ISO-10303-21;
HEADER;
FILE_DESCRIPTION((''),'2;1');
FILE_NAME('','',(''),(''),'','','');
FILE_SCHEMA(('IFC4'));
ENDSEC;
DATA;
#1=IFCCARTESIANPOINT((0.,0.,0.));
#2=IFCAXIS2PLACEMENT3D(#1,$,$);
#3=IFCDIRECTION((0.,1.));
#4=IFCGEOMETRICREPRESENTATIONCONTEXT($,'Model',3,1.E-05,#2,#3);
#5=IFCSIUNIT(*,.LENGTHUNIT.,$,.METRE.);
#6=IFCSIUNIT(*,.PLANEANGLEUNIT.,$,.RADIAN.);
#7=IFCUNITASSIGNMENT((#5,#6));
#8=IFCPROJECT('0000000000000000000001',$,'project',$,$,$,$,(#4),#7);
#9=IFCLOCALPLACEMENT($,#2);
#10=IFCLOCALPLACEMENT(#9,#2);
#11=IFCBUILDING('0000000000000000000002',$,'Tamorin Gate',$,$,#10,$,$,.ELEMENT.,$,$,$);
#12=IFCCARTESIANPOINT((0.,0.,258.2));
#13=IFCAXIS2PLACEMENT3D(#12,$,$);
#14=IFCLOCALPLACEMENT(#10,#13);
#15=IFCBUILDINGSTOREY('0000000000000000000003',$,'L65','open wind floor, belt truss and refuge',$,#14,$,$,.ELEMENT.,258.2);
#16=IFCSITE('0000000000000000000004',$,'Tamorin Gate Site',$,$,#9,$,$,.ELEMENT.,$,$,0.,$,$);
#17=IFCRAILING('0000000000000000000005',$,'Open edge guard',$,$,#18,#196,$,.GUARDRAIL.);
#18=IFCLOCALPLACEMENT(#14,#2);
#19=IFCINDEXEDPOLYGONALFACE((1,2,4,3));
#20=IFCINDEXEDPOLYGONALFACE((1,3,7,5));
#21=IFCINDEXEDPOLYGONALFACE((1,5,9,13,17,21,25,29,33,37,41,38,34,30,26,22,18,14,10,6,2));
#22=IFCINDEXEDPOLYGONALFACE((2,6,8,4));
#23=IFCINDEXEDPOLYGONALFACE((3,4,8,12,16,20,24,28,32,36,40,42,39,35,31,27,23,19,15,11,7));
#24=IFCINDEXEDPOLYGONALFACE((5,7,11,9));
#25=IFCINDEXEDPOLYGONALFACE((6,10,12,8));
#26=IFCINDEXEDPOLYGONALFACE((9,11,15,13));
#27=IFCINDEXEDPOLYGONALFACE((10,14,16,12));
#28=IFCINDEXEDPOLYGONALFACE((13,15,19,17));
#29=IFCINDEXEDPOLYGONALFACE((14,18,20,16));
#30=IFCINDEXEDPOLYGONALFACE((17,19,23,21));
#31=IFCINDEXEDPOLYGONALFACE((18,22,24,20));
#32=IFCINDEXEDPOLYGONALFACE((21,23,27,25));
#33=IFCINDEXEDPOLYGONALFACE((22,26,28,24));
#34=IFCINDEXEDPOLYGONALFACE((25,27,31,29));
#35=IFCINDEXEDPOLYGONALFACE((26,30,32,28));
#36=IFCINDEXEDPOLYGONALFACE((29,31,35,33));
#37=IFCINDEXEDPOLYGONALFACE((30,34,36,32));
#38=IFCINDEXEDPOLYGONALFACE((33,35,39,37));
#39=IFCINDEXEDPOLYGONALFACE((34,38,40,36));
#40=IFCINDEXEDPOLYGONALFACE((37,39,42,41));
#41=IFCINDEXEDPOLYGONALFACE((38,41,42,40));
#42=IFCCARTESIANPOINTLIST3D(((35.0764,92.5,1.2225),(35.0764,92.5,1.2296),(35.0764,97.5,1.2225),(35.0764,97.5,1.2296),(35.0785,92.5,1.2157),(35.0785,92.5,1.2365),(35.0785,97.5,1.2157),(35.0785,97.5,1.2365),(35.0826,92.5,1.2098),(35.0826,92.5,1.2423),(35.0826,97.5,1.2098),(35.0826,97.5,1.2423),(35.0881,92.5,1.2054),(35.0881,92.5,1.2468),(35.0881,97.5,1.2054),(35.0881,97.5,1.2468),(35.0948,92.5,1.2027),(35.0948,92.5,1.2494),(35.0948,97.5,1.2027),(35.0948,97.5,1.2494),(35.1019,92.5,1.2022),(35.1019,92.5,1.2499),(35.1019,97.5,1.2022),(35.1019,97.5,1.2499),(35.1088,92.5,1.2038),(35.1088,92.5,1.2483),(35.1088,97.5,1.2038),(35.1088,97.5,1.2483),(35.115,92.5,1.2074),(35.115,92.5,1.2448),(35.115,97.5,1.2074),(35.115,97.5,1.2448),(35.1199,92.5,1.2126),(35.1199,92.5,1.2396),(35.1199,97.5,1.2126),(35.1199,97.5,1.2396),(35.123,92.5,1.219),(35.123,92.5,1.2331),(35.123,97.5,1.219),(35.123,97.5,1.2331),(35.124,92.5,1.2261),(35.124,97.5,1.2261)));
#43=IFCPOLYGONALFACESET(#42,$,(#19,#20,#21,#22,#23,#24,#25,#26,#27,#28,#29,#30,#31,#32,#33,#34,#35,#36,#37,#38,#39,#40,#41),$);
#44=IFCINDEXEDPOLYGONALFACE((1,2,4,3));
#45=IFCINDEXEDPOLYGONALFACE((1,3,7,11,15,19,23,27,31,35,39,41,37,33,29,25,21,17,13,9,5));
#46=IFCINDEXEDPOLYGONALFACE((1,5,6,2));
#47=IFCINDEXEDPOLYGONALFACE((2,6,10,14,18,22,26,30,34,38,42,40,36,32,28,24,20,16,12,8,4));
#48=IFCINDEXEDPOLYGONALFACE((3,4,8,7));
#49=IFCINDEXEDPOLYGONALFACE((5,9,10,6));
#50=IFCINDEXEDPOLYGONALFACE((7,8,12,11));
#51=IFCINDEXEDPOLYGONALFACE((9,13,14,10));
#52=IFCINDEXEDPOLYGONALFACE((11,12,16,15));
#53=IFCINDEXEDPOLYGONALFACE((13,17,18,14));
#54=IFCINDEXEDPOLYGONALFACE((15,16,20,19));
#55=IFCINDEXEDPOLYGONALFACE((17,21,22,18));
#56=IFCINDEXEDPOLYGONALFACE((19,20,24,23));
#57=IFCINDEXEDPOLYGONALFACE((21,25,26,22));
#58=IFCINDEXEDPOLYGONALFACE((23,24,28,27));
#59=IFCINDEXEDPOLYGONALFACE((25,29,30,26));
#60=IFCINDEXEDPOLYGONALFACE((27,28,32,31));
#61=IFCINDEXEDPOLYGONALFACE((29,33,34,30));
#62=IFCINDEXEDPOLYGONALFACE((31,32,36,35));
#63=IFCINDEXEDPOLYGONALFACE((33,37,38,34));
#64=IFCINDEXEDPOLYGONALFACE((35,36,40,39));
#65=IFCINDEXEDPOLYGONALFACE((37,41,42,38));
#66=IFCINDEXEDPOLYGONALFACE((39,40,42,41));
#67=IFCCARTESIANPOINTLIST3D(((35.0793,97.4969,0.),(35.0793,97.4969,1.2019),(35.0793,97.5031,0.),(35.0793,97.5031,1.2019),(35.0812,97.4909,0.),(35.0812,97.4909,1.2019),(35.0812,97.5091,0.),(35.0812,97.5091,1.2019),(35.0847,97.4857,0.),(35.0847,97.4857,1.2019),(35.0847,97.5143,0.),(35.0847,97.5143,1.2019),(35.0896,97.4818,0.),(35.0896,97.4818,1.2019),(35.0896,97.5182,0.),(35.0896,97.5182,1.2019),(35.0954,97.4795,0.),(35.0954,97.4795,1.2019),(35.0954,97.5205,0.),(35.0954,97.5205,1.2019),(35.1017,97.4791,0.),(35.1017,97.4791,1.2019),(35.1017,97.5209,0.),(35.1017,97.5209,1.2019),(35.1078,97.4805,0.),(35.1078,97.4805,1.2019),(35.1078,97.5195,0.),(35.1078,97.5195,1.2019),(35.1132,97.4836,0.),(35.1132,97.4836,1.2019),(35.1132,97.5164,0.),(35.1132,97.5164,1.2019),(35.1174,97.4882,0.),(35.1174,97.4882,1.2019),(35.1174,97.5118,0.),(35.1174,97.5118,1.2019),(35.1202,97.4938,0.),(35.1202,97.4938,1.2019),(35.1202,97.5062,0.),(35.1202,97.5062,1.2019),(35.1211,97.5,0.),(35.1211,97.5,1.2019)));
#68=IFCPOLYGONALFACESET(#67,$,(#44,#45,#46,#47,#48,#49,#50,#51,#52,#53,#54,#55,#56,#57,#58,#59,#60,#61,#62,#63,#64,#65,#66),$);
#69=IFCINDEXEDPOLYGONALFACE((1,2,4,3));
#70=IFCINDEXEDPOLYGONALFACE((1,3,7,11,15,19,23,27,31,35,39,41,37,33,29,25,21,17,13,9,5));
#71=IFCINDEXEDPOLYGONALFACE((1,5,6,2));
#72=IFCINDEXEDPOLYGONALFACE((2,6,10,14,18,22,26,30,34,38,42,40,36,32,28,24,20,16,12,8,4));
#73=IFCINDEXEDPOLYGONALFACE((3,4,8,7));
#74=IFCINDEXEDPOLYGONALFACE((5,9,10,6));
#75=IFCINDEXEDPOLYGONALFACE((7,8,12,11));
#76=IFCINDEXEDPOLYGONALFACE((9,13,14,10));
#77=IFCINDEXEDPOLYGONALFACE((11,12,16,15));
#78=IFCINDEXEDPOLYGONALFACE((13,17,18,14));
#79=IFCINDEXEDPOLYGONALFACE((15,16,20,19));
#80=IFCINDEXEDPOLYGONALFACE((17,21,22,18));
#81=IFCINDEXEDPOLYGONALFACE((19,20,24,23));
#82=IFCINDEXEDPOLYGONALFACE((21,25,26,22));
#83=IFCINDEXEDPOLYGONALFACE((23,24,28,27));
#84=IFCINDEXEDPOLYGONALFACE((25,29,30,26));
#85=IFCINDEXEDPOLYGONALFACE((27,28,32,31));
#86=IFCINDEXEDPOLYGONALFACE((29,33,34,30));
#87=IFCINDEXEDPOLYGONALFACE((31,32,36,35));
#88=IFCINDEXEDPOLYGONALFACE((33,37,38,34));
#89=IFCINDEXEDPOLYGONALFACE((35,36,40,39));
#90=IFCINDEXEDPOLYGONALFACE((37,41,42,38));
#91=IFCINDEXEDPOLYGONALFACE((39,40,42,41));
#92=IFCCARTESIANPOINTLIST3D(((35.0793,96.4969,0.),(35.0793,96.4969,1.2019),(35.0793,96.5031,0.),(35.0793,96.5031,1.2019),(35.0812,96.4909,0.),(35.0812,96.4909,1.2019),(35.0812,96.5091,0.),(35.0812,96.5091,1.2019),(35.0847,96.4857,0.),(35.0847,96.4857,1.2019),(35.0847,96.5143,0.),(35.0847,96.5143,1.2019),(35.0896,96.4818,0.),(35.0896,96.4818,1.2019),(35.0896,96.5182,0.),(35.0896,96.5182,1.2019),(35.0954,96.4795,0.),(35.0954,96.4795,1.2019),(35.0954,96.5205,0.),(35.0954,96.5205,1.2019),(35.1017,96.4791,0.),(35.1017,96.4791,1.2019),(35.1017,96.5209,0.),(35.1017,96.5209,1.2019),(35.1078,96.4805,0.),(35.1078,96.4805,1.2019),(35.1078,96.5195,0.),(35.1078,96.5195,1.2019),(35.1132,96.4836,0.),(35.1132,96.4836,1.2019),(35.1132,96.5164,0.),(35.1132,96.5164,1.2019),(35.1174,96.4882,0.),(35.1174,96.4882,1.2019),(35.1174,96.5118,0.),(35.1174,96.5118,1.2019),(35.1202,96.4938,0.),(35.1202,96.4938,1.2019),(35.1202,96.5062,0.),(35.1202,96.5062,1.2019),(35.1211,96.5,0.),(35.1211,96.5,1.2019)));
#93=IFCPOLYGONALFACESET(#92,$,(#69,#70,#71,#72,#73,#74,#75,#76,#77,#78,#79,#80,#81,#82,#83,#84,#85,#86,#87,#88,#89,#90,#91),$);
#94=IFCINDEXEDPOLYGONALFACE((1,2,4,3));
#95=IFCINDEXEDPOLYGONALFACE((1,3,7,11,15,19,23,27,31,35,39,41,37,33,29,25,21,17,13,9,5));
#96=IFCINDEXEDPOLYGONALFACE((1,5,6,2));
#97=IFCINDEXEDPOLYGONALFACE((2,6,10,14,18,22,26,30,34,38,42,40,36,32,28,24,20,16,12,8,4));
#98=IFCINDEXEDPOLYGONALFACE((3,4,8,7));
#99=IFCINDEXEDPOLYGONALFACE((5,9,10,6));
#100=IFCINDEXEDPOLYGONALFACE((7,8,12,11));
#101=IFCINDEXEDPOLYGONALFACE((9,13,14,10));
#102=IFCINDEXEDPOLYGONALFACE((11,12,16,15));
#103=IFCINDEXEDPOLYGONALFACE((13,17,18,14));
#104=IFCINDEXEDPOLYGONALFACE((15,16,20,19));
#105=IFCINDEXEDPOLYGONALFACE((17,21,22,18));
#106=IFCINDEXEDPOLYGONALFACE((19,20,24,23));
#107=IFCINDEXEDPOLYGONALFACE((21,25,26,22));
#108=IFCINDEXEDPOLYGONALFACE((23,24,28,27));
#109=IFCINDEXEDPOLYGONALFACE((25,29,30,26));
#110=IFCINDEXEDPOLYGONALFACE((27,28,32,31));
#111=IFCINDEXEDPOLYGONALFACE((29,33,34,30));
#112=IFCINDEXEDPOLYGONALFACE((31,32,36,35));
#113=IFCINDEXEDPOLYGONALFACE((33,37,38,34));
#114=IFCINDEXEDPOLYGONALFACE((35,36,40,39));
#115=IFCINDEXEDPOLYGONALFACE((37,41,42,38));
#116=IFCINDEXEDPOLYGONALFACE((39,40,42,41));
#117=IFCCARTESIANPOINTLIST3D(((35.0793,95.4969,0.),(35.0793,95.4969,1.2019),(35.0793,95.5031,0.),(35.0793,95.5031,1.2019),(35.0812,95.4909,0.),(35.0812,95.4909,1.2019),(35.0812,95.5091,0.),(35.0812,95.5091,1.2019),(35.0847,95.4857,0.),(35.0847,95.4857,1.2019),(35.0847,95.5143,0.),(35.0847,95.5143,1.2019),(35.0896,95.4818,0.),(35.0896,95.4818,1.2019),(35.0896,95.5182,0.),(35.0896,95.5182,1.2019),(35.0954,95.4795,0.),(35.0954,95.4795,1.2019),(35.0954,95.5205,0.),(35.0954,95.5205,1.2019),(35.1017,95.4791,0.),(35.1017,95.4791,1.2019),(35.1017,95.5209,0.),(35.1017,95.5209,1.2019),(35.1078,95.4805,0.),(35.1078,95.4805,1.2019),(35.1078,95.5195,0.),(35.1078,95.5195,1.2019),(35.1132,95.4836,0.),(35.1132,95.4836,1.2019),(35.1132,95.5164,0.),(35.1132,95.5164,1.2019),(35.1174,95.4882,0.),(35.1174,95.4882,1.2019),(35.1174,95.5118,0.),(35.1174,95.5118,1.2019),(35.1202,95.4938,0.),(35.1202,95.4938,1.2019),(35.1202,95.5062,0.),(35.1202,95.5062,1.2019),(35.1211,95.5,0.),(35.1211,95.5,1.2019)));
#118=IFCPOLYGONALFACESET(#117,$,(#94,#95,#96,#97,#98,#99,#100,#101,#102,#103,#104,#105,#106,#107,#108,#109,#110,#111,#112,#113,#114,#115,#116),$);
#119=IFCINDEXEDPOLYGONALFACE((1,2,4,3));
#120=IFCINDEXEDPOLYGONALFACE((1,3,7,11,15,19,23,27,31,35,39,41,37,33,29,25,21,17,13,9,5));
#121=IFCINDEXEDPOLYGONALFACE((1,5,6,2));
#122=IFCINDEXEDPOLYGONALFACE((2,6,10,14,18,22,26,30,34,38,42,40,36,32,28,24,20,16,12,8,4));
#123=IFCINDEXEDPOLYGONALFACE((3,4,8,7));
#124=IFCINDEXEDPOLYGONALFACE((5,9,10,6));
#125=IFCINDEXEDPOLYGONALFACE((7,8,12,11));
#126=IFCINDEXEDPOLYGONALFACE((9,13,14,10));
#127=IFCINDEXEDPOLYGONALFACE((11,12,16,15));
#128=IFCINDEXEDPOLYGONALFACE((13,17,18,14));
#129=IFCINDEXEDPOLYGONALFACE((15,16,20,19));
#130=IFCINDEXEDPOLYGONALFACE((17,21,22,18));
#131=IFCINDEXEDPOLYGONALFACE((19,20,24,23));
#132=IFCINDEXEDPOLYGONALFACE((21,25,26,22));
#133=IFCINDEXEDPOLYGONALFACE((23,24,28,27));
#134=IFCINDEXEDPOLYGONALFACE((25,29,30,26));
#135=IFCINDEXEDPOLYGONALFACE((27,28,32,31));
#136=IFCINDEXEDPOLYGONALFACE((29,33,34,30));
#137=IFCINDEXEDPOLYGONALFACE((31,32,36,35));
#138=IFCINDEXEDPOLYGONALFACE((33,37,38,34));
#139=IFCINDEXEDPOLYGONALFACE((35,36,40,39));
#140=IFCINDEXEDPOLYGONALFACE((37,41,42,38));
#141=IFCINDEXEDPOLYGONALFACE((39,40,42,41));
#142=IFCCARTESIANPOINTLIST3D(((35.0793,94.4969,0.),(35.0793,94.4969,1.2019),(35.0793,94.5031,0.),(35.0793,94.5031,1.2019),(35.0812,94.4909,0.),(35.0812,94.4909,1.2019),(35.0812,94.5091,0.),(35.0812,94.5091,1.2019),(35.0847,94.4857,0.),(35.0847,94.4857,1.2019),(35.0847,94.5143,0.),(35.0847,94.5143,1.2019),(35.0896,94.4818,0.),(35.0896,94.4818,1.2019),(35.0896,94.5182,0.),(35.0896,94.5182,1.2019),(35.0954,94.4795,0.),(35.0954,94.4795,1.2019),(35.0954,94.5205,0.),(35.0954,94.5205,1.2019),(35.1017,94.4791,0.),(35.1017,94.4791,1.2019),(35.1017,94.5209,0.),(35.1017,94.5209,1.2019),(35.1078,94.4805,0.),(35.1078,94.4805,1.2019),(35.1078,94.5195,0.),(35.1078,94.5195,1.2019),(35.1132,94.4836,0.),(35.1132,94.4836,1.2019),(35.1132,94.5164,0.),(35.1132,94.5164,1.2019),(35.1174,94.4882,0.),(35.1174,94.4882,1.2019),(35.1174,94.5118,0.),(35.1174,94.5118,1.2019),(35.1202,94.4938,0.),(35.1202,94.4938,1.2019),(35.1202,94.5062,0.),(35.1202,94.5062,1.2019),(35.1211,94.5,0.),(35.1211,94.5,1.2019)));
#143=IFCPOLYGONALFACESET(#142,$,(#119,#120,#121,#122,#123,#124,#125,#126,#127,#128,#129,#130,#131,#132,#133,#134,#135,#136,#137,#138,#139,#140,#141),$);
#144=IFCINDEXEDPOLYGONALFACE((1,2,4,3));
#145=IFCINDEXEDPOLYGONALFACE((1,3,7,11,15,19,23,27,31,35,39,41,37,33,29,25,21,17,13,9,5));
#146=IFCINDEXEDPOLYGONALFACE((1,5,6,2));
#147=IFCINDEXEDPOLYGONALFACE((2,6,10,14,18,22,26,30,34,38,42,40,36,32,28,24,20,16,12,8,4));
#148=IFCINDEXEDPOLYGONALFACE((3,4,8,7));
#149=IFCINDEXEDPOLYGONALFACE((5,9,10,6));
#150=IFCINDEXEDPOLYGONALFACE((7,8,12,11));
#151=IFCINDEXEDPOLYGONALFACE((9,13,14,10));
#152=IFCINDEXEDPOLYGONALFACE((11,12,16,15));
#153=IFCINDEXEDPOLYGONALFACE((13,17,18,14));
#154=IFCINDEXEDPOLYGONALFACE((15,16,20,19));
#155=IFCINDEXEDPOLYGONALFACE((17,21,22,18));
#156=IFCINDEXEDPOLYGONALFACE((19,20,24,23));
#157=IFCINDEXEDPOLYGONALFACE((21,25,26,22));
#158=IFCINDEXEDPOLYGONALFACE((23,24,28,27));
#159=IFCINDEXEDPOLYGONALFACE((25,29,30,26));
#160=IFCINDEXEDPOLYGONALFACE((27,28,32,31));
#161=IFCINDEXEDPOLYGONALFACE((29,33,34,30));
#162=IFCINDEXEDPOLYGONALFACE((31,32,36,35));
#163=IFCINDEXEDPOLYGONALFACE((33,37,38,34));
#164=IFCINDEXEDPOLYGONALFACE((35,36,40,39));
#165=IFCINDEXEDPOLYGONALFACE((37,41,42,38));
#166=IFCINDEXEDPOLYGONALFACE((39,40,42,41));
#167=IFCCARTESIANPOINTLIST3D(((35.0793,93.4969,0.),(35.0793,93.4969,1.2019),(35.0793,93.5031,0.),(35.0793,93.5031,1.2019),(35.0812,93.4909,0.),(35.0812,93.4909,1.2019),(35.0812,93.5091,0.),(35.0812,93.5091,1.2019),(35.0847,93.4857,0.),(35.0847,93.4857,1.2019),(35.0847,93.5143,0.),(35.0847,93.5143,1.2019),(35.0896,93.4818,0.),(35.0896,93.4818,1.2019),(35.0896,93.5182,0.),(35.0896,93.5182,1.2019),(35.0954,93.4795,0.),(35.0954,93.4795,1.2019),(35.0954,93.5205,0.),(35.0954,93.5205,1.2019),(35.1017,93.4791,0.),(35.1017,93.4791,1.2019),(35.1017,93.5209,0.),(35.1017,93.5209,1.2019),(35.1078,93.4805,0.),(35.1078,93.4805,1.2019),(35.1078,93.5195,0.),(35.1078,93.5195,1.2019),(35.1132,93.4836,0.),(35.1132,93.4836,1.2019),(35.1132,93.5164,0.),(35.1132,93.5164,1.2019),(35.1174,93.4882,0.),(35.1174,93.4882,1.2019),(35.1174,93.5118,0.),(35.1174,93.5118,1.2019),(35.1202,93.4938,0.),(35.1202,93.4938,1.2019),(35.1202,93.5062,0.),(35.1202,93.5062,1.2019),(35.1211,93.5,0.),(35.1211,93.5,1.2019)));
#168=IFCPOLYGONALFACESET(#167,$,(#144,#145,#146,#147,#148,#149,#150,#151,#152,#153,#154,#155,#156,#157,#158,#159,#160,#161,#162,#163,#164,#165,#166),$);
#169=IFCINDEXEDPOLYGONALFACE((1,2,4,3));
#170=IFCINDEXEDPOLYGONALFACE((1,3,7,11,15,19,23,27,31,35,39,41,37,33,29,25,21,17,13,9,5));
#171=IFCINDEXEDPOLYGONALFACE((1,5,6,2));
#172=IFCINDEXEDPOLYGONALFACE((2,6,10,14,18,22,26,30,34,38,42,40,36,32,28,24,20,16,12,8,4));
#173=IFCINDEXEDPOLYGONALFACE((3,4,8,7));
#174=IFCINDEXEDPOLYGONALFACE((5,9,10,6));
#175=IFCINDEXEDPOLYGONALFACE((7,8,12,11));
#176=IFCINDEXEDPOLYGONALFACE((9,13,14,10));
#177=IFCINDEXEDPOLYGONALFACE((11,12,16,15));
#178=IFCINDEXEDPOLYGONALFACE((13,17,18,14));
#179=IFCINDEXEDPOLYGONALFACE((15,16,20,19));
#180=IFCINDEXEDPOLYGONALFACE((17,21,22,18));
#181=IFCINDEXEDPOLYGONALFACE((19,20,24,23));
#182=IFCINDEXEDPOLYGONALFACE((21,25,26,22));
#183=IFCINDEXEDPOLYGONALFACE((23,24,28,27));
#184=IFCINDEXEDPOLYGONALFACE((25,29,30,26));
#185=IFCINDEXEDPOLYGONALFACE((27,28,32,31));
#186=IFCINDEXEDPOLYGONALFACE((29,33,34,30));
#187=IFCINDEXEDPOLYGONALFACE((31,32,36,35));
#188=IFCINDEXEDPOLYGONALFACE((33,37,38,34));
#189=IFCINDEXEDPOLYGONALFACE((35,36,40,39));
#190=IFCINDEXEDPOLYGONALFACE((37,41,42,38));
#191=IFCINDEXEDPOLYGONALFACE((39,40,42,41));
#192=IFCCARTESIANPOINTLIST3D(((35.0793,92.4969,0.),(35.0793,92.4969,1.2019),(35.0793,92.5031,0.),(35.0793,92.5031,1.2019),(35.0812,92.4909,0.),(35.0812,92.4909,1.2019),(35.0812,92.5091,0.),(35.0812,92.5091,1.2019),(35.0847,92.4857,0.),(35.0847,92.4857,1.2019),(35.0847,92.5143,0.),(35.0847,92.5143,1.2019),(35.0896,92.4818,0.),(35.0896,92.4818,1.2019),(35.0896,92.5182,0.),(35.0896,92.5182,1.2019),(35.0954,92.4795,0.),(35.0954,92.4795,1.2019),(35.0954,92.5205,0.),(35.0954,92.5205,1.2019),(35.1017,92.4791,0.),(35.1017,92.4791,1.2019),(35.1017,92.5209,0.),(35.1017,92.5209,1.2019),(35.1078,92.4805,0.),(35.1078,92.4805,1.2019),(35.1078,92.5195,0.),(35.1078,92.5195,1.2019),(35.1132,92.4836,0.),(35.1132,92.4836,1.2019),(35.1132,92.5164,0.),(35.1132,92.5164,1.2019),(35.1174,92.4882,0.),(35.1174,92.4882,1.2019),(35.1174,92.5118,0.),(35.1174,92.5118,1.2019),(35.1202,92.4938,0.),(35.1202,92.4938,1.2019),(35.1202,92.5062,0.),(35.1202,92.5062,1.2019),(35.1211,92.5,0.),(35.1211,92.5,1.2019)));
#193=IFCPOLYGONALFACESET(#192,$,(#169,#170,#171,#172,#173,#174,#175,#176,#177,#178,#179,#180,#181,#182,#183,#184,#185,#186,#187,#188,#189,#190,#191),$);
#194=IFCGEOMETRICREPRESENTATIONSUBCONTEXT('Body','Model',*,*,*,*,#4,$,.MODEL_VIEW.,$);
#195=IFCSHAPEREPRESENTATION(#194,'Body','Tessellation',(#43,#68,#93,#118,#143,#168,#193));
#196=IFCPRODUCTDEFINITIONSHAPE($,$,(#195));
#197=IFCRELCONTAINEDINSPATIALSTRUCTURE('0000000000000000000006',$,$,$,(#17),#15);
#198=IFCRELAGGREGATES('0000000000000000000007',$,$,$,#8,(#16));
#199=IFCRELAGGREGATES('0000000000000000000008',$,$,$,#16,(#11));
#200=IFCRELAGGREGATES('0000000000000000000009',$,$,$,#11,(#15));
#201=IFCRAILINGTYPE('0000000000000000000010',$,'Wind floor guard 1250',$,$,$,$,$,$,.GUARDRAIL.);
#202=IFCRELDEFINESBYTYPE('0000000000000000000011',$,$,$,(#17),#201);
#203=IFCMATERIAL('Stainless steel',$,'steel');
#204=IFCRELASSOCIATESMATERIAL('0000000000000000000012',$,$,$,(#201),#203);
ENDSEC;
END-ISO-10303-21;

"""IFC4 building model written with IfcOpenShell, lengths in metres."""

from ifc_helpers import new_model, si_unit, direction, frame, origin, origin_2d, place, context, subcontext, project, spatial, circle, extrude, material, type_object, element, save


model = new_model("IFC4")

# Units and contexts
model_context = context("Model", 3, precision=1e-05, world=origin(), true_north=direction((0.0, 1.0)))
body_context = subcontext(model_context, "Body", "Model", "MODEL_VIEW")
ifc_project = project(units=[si_unit("LENGTHUNIT", "METRE"), si_unit("PLANEANGLEUNIT", "RADIAN")], contexts=[model_context])

# Site, building, storey
site_placement = place(None, origin())
site = spatial("IfcSite", under=ifc_project, at=site_placement, Name="Tamorin Gate Site", CompositionType="ELEMENT", RefElevation=0.0)
building_placement = place(site_placement, origin())
building = spatial("IfcBuilding", under=site, at=building_placement, Name="Tamorin Gate", CompositionType="ELEMENT")
storey_placement = place(building_placement, frame((0.0, 0.0, 258.2)))
storey = spatial("IfcBuildingStorey", under=building, at=storey_placement, Name="L65", Description="open wind floor, belt truss and refuge", CompositionType="ELEMENT", Elevation=258.2)

# Railing
ifc_material_1 = material(Name="Stainless steel", Category="steel")
railing_type = type_object("IfcRailingType", Name="Wind floor guard 1250", PredefinedType="GUARDRAIL", material=ifc_material_1)
railing_1_placement = place(storey_placement, frame((35.1001, 97.5, 0.0)))
element("IfcRailing", 1, at=railing_1_placement, inside=storey, type_object=railing_type, Name="Open edge guard", PredefinedType="GUARDRAIL", context=body_context, shape_type="SweptSolid", body=[
    extrude(circle(Radius=0.0239, at=origin_2d()), frame((0.0, 0.0, 1.2261), z_axis=(0.0, -1.0, 0.0), x_axis=(1.0, 0.0, 0.0)), (0.0, 0.0, 1.0), 5.0),
    extrude(circle(Radius=0.021, at=origin_2d()), origin(), (0.0, 0.0, 1.0), 1.2019),
    extrude(circle(Radius=0.021, at=origin_2d()), frame((0.0, -1.0, 0.0)), (0.0, 0.0, 1.0), 1.2019),
    extrude(circle(Radius=0.021, at=origin_2d()), frame((0.0, -2.0, 0.0)), (0.0, 0.0, 1.0), 1.2019),
    extrude(circle(Radius=0.021, at=origin_2d()), frame((0.0, -3.0, 0.0)), (0.0, 0.0, 1.0), 1.2019),
    extrude(circle(Radius=0.021, at=origin_2d()), frame((0.0, -4.0, 0.0)), (0.0, 0.0, 1.0), 1.2019),
    extrude(circle(Radius=0.021, at=origin_2d()), frame((0.0, -5.0, 0.0)), (0.0, 0.0, 1.0), 1.2019),
])

save(model, "model.ifc")
